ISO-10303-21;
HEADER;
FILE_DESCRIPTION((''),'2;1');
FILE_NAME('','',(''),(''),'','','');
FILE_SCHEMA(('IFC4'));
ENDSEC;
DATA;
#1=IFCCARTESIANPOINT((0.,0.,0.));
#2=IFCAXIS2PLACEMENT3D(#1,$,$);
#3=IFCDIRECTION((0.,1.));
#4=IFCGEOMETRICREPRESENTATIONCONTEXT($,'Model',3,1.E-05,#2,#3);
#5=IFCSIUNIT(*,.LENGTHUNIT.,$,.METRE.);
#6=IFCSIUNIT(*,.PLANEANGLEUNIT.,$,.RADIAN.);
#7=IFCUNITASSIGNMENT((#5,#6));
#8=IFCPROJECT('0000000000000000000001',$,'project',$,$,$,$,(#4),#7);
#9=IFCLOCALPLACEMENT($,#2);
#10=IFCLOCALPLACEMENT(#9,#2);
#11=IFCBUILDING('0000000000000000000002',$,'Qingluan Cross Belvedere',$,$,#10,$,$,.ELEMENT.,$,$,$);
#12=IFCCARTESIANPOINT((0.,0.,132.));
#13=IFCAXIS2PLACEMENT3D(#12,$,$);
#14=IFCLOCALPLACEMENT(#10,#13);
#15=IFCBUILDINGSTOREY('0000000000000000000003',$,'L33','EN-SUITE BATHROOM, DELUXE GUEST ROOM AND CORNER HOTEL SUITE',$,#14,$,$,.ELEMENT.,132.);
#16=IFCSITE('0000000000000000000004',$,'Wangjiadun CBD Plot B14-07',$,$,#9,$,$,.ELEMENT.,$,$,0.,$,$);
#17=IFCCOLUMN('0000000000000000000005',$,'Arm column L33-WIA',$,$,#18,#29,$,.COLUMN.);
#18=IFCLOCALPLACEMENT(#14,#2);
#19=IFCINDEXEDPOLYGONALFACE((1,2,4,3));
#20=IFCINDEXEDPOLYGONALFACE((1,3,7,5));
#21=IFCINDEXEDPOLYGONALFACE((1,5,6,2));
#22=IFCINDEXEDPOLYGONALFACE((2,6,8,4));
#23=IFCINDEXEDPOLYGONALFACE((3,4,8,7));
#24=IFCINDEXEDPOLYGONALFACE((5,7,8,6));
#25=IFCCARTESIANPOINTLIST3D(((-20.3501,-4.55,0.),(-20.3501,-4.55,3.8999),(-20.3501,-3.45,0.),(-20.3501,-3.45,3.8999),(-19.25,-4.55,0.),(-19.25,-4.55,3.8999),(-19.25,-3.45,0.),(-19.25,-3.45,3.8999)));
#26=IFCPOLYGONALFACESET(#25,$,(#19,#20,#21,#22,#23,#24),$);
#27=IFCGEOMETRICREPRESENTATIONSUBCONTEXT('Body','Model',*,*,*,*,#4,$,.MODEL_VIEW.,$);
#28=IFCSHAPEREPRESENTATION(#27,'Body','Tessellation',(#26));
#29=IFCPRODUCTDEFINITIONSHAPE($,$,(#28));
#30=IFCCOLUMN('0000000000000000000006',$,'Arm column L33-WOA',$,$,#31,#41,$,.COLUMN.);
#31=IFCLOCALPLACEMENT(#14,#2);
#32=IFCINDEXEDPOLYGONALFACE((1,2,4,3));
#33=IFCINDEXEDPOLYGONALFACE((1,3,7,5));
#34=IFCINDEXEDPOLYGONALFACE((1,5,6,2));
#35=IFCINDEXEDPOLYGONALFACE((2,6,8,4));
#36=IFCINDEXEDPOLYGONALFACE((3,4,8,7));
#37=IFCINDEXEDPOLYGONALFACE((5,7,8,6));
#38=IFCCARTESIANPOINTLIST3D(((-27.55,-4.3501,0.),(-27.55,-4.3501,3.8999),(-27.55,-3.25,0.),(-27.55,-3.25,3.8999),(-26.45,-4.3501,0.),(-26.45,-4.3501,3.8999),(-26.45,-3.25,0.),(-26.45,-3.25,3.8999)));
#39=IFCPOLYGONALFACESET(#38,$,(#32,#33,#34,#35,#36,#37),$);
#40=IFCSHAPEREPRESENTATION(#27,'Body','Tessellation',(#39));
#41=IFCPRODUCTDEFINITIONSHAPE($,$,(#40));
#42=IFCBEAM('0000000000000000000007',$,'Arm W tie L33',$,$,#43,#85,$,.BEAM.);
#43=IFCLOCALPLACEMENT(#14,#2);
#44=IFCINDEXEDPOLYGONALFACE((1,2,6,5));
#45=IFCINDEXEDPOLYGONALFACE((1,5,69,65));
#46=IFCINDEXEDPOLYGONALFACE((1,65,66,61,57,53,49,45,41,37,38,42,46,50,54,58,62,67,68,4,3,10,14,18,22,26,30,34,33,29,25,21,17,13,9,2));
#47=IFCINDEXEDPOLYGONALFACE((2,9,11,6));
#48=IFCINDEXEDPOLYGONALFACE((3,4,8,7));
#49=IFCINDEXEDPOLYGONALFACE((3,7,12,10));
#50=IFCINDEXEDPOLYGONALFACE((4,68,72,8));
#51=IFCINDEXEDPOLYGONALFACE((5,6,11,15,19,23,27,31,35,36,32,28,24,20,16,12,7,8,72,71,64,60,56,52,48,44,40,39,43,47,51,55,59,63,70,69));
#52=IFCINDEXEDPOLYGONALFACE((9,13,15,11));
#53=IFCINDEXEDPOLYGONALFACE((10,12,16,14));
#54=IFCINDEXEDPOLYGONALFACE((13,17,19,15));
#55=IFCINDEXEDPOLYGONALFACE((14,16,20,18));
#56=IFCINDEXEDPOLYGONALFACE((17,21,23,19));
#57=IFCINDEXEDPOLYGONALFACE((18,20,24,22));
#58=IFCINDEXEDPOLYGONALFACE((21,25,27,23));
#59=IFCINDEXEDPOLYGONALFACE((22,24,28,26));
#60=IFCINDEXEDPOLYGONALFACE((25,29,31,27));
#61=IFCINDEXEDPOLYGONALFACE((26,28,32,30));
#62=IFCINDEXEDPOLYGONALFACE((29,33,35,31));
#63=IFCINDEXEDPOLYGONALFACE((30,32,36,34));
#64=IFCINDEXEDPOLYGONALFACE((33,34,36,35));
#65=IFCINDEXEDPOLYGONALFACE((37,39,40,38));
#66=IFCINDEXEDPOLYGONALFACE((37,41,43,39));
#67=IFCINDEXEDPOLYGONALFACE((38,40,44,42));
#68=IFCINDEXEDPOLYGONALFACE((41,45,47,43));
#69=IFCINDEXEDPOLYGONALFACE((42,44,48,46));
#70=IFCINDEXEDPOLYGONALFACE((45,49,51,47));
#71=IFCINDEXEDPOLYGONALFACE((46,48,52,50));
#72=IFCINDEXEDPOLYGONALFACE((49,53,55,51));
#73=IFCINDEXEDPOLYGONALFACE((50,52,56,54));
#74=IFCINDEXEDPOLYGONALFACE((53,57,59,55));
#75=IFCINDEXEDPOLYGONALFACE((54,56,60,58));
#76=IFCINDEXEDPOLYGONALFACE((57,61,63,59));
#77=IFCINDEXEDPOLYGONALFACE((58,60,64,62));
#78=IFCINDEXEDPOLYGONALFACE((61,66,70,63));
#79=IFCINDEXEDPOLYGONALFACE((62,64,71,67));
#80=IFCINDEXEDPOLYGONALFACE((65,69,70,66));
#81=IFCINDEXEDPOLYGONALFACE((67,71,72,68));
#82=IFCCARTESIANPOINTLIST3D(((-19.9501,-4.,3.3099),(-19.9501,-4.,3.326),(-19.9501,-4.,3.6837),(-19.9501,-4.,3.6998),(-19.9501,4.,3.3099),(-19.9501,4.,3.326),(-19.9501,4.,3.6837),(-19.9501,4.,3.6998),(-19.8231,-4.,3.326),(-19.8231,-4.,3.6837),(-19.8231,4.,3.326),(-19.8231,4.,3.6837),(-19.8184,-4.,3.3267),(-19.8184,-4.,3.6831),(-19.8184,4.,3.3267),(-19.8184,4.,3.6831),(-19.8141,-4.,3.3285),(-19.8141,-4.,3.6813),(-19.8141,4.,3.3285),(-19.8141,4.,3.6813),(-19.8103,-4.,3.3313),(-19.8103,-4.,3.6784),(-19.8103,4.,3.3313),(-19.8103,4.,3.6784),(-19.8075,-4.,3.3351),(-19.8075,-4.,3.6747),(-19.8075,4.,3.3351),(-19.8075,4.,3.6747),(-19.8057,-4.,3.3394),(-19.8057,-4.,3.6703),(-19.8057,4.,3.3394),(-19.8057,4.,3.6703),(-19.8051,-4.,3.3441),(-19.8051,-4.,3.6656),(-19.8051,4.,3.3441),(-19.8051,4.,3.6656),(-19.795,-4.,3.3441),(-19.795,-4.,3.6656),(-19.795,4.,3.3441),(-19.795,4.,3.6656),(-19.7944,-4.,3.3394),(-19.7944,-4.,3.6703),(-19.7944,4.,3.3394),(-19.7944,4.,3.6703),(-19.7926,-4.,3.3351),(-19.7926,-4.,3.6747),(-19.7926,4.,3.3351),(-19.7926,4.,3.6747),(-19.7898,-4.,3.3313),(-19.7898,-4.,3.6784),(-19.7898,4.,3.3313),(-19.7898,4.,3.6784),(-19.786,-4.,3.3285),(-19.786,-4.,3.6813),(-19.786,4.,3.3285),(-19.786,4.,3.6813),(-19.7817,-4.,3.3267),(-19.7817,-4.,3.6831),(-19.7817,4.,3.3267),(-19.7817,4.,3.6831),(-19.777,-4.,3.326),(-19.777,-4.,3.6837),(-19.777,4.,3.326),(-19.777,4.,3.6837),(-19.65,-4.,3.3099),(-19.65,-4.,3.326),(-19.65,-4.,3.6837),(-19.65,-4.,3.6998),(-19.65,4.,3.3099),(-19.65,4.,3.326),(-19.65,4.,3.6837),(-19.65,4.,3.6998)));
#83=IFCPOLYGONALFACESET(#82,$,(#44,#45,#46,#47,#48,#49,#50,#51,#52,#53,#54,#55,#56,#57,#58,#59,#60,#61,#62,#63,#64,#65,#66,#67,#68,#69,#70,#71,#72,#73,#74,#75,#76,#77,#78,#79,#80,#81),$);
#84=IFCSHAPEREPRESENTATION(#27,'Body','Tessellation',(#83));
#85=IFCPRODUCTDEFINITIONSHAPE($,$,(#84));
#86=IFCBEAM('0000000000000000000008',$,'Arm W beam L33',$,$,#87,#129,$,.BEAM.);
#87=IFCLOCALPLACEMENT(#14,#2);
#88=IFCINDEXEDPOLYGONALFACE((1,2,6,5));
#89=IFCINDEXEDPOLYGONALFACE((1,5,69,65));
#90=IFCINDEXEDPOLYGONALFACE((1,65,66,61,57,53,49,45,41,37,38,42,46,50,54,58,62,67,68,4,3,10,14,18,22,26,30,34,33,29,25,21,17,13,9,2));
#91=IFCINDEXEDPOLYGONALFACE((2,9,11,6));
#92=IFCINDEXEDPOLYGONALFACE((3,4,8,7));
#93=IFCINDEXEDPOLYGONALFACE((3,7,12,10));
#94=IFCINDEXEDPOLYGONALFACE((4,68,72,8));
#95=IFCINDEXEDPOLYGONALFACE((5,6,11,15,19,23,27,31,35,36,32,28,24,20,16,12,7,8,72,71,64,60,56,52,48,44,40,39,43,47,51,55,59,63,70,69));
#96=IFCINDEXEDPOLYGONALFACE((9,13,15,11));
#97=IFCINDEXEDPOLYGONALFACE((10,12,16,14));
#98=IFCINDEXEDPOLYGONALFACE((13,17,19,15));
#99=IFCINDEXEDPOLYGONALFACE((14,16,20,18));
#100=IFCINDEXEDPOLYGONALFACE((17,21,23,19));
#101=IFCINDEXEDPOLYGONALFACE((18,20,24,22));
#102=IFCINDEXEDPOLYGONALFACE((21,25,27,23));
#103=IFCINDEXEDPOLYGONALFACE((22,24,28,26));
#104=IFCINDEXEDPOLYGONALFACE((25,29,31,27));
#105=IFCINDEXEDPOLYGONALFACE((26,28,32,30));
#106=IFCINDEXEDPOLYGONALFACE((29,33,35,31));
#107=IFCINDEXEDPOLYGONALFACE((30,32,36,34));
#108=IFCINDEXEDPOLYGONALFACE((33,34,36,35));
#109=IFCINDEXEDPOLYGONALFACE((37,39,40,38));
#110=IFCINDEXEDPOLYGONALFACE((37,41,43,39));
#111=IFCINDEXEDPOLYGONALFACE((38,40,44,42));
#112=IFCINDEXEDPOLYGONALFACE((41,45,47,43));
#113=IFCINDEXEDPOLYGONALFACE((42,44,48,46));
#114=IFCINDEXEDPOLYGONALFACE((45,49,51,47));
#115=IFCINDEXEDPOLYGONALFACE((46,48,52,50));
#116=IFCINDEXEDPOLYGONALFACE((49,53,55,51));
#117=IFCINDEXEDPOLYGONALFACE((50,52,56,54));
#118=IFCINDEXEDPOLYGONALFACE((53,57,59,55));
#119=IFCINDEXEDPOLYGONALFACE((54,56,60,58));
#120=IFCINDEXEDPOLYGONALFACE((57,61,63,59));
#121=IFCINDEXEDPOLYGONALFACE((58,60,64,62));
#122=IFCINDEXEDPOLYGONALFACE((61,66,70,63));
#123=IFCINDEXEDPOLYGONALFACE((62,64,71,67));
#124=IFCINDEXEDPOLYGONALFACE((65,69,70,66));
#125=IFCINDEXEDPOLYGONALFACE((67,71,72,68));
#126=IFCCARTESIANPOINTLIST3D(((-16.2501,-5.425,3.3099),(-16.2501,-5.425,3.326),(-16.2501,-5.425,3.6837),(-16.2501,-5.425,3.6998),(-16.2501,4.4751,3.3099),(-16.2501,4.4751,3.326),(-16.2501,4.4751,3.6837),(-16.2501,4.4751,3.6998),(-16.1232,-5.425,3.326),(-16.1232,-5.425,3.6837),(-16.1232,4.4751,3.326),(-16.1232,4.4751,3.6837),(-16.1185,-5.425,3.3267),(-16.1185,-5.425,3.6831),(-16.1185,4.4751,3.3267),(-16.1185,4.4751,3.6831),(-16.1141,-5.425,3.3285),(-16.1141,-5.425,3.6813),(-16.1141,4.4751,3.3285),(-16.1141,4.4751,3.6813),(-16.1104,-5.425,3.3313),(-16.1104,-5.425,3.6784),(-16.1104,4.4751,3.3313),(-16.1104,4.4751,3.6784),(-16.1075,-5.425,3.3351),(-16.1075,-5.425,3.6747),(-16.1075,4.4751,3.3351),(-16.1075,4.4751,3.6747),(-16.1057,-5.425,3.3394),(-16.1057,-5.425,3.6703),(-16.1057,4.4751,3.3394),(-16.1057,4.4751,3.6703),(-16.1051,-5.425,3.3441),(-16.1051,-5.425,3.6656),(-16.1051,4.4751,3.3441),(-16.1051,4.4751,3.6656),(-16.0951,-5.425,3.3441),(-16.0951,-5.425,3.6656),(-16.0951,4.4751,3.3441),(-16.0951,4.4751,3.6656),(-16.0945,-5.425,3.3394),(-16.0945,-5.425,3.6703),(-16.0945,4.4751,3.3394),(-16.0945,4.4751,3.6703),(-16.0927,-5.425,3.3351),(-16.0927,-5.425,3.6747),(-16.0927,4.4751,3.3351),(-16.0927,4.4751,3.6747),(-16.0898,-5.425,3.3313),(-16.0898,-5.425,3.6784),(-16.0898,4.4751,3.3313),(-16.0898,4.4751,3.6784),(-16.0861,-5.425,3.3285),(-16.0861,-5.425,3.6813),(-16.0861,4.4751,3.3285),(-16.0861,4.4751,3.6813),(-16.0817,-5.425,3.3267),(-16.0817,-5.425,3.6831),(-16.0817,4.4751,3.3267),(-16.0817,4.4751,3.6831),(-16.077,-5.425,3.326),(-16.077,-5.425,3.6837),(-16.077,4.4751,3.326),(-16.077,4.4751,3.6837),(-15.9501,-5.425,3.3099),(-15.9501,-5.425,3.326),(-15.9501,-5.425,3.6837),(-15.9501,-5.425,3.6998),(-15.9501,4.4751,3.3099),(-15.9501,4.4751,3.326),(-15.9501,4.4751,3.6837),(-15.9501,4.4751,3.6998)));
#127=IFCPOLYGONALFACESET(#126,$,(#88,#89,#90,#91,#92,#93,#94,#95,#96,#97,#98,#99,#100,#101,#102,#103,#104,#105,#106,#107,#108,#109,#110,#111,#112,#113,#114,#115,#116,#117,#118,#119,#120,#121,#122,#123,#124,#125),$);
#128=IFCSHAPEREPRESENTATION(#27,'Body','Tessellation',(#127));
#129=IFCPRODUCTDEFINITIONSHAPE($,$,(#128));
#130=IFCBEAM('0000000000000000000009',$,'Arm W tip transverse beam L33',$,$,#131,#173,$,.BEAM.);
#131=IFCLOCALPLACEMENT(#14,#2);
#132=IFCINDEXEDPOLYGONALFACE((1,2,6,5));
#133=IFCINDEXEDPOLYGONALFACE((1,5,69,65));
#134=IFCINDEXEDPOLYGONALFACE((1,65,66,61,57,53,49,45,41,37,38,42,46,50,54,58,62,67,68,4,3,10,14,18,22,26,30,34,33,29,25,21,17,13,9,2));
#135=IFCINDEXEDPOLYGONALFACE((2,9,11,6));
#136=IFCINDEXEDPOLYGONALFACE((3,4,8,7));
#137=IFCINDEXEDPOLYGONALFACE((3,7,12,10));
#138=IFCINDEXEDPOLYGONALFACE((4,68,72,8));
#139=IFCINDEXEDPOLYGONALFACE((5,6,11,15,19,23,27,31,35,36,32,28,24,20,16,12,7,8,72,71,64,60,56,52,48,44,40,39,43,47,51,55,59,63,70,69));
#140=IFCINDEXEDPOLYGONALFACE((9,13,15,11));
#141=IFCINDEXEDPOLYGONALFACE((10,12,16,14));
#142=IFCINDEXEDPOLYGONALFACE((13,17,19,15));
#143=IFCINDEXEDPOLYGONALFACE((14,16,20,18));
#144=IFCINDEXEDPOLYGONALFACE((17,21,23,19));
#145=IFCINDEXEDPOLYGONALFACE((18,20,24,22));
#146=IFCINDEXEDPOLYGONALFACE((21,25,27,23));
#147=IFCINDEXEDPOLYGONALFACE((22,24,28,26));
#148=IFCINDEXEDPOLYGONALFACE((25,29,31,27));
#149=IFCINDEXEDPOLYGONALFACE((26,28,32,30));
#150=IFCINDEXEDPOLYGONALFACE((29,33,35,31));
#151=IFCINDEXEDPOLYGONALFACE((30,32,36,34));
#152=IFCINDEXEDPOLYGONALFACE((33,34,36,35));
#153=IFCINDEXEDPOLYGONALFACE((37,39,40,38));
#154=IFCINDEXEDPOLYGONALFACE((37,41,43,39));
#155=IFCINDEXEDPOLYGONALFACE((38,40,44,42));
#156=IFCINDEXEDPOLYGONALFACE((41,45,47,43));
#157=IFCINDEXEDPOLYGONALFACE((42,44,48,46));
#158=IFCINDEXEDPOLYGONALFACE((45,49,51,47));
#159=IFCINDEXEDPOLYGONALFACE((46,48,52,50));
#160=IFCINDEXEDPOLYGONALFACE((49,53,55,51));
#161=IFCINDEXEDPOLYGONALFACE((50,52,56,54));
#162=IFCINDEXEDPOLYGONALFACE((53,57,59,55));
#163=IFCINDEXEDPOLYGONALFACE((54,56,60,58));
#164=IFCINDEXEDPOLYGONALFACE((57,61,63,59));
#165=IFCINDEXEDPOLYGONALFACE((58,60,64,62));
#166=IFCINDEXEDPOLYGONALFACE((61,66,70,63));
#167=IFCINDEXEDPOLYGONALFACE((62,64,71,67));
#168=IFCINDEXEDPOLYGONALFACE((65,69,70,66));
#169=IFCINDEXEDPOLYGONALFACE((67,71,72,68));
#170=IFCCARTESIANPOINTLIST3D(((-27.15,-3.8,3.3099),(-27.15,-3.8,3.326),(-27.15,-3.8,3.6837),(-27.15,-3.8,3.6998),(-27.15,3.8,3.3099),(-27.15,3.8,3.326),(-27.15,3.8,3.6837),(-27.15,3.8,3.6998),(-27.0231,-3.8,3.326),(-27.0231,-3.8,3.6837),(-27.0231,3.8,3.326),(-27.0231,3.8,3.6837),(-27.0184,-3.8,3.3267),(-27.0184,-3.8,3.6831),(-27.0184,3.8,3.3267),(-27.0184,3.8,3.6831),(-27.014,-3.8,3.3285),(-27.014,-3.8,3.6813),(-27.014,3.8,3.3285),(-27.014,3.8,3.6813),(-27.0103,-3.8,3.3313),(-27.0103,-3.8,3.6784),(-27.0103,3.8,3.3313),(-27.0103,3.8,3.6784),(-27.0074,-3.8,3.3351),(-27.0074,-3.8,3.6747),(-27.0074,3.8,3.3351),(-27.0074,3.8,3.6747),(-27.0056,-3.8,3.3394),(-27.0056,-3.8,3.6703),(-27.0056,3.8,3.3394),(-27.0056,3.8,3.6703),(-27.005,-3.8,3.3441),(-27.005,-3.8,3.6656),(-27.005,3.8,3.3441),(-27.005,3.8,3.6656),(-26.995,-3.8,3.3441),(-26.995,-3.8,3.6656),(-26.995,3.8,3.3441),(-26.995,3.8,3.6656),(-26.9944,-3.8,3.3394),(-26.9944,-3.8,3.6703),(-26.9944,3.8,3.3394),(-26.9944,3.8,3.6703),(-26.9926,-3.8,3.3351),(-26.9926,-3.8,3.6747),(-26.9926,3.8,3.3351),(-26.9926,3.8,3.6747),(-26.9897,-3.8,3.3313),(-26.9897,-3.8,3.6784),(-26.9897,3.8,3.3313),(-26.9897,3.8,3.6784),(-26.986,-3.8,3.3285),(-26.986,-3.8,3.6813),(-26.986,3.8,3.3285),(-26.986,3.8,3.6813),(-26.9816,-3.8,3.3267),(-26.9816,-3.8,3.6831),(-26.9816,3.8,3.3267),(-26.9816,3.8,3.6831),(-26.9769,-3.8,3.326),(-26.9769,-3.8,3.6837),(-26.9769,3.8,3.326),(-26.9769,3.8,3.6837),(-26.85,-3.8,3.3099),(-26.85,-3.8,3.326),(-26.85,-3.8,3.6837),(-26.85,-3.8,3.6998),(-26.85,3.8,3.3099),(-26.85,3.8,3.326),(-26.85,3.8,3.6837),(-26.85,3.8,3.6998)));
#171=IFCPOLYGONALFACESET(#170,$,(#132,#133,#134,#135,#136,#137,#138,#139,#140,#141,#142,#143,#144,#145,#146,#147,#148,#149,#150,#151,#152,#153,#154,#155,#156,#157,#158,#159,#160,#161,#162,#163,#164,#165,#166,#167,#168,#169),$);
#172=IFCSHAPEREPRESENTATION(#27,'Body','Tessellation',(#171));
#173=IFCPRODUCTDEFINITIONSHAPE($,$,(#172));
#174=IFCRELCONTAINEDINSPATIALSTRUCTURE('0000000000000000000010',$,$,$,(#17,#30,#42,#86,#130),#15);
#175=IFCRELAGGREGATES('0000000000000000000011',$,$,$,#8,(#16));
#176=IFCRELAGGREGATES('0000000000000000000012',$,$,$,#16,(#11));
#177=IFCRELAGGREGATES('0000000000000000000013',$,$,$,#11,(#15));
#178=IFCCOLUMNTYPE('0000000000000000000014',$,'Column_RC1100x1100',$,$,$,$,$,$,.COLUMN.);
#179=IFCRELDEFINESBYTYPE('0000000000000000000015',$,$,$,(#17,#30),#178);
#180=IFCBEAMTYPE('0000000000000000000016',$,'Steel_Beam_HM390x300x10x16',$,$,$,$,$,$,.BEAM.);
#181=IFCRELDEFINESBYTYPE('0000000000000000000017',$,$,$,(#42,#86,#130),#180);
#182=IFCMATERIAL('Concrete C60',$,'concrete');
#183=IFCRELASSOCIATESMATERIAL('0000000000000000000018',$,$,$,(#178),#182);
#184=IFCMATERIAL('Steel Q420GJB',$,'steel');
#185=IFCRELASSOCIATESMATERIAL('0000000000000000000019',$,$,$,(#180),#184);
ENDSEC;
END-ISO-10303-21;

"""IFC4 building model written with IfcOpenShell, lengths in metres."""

from ifc_helpers import new_model, si_unit, direction, frame, origin, origin_2d, place, context, subcontext, project, spatial, rectangle, i_section, extrude, material, material_profile, profile_set, type_object, element, save


model = new_model("IFC4")

# Units and contexts
model_context = context("Model", 3, precision=1e-05, world=origin(), true_north=direction((0.0, 1.0)))
body_context = subcontext(model_context, "Body", "Model", "MODEL_VIEW")
ifc_project = project(units=[si_unit("LENGTHUNIT", "METRE"), si_unit("PLANEANGLEUNIT", "RADIAN")], contexts=[model_context])

# Site, building, storey
site_placement = place(None, origin())
site = spatial("IfcSite", under=ifc_project, at=site_placement, Name="Wangjiadun CBD Plot B14-07", CompositionType="ELEMENT", RefElevation=0.0)
building_placement = place(site_placement, origin())
building = spatial("IfcBuilding", under=site, at=building_placement, Name="Qingluan Cross Belvedere", CompositionType="ELEMENT")
storey_placement = place(building_placement, frame((0.0, 0.0, 132.0)))
storey = spatial("IfcBuildingStorey", under=building, at=storey_placement, Name="L33", Description="EN-SUITE BATHROOM, DELUXE GUEST ROOM AND CORNER HOTEL SUITE", CompositionType="ELEMENT", Elevation=132.0)

# Columns
ifc_material_1 = material(Name="Concrete C60", Category="concrete")
ifc_material_profile_1 = material_profile(ifc_material_1, rectangle(XDim=1.1001, YDim=1.1001, at=origin_2d()), Name="RC1100x1100")
ifc_profile_set_1 = profile_set([ifc_material_profile_1], Name="Concrete C60")
column_type = type_object("IfcColumnType", Name="Column_RC1100x1100", PredefinedType="COLUMN", material=ifc_profile_set_1)
for number, where, z_axis, x_axis, name in (
    (1, (-19.8, -4.0, 0.0), (0.0, 0.0, 1.0), (1.0, 0.0, 0.0), "Arm column L33-WIA"),
    (2, (-27.0, -3.8, 0.0), (0.0, 0.0, 1.0), (1.0, 0.0, 0.0), "Arm column L33-WOA"),
):
    element("IfcColumn", number, at=place(storey_placement, frame(where, z_axis=z_axis, x_axis=x_axis)), inside=storey, type_object=column_type, Name=name, PredefinedType="COLUMN", context=body_context, shape_type="SweptSolid", body=[
        extrude(rectangle(XDim=1.1001, YDim=1.1001, at=origin_2d()), origin(), (0.0, 0.0, 1.0), 3.8999),
    ])

# Beams
ifc_material_2 = material(Name="Steel Q420GJB", Category="steel")
ifc_material_profile_2 = material_profile(ifc_material_2, i_section(OverallWidth=0.3, OverallDepth=0.3899, WebThickness=0.01, FlangeThickness=0.0161, FilletRadius=0.0181, at=origin_2d()), Name="HM390x300x10x16")
ifc_profile_set_2 = profile_set([ifc_material_profile_2], Name="Steel Q420GJB")
beam_type_1 = type_object("IfcBeamType", Name="Steel_Beam_HM390x300x10x16", PredefinedType="BEAM", material=ifc_profile_set_2)
beam_1_placement = place(storey_placement, frame((-19.8, -4.0, 3.5049), z_axis=(0.0, 1.0, 0.0), x_axis=(-1.0, 0.0, 0.0)))
element("IfcBeam", 3, at=beam_1_placement, inside=storey, type_object=beam_type_1, Name="Arm W tie L33", PredefinedType="BEAM", context=body_context, shape_type="SweptSolid", body=[
    extrude(i_section(OverallWidth=0.3, OverallDepth=0.3899, WebThickness=0.01, FlangeThickness=0.0161, FilletRadius=0.0181, at=origin_2d()), origin(), (0.0, 0.0, 1.0), 8.0),
])
beam_2_placement = place(storey_placement, frame((-16.1001, -5.425, 3.5049), z_axis=(0.0, 1.0, 0.0), x_axis=(-1.0, 0.0, 0.0)))
element("IfcBeam", 4, at=beam_2_placement, inside=storey, type_object=beam_type_1, Name="Arm W beam L33", PredefinedType="BEAM", context=body_context, shape_type="SweptSolid", body=[
    extrude(i_section(OverallWidth=0.3, OverallDepth=0.3899, WebThickness=0.01, FlangeThickness=0.0161, FilletRadius=0.0181, at=origin_2d()), origin(), (0.0, 0.0, 1.0), 9.9001),
])
beam_3_placement = place(storey_placement, frame((-27.0, -3.8, 3.5049), z_axis=(0.0, 1.0, 0.0), x_axis=(-1.0, 0.0, 0.0)))
element("IfcBeam", 5, at=beam_3_placement, inside=storey, type_object=beam_type_1, Name="Arm W tip transverse beam L33", PredefinedType="BEAM", context=body_context, shape_type="SweptSolid", body=[
    extrude(i_section(OverallWidth=0.3, OverallDepth=0.3899, WebThickness=0.01, FlangeThickness=0.0161, FilletRadius=0.0181, at=origin_2d()), origin(), (0.0, 0.0, 1.0), 7.6001),
])

save(model, "model.ifc")
